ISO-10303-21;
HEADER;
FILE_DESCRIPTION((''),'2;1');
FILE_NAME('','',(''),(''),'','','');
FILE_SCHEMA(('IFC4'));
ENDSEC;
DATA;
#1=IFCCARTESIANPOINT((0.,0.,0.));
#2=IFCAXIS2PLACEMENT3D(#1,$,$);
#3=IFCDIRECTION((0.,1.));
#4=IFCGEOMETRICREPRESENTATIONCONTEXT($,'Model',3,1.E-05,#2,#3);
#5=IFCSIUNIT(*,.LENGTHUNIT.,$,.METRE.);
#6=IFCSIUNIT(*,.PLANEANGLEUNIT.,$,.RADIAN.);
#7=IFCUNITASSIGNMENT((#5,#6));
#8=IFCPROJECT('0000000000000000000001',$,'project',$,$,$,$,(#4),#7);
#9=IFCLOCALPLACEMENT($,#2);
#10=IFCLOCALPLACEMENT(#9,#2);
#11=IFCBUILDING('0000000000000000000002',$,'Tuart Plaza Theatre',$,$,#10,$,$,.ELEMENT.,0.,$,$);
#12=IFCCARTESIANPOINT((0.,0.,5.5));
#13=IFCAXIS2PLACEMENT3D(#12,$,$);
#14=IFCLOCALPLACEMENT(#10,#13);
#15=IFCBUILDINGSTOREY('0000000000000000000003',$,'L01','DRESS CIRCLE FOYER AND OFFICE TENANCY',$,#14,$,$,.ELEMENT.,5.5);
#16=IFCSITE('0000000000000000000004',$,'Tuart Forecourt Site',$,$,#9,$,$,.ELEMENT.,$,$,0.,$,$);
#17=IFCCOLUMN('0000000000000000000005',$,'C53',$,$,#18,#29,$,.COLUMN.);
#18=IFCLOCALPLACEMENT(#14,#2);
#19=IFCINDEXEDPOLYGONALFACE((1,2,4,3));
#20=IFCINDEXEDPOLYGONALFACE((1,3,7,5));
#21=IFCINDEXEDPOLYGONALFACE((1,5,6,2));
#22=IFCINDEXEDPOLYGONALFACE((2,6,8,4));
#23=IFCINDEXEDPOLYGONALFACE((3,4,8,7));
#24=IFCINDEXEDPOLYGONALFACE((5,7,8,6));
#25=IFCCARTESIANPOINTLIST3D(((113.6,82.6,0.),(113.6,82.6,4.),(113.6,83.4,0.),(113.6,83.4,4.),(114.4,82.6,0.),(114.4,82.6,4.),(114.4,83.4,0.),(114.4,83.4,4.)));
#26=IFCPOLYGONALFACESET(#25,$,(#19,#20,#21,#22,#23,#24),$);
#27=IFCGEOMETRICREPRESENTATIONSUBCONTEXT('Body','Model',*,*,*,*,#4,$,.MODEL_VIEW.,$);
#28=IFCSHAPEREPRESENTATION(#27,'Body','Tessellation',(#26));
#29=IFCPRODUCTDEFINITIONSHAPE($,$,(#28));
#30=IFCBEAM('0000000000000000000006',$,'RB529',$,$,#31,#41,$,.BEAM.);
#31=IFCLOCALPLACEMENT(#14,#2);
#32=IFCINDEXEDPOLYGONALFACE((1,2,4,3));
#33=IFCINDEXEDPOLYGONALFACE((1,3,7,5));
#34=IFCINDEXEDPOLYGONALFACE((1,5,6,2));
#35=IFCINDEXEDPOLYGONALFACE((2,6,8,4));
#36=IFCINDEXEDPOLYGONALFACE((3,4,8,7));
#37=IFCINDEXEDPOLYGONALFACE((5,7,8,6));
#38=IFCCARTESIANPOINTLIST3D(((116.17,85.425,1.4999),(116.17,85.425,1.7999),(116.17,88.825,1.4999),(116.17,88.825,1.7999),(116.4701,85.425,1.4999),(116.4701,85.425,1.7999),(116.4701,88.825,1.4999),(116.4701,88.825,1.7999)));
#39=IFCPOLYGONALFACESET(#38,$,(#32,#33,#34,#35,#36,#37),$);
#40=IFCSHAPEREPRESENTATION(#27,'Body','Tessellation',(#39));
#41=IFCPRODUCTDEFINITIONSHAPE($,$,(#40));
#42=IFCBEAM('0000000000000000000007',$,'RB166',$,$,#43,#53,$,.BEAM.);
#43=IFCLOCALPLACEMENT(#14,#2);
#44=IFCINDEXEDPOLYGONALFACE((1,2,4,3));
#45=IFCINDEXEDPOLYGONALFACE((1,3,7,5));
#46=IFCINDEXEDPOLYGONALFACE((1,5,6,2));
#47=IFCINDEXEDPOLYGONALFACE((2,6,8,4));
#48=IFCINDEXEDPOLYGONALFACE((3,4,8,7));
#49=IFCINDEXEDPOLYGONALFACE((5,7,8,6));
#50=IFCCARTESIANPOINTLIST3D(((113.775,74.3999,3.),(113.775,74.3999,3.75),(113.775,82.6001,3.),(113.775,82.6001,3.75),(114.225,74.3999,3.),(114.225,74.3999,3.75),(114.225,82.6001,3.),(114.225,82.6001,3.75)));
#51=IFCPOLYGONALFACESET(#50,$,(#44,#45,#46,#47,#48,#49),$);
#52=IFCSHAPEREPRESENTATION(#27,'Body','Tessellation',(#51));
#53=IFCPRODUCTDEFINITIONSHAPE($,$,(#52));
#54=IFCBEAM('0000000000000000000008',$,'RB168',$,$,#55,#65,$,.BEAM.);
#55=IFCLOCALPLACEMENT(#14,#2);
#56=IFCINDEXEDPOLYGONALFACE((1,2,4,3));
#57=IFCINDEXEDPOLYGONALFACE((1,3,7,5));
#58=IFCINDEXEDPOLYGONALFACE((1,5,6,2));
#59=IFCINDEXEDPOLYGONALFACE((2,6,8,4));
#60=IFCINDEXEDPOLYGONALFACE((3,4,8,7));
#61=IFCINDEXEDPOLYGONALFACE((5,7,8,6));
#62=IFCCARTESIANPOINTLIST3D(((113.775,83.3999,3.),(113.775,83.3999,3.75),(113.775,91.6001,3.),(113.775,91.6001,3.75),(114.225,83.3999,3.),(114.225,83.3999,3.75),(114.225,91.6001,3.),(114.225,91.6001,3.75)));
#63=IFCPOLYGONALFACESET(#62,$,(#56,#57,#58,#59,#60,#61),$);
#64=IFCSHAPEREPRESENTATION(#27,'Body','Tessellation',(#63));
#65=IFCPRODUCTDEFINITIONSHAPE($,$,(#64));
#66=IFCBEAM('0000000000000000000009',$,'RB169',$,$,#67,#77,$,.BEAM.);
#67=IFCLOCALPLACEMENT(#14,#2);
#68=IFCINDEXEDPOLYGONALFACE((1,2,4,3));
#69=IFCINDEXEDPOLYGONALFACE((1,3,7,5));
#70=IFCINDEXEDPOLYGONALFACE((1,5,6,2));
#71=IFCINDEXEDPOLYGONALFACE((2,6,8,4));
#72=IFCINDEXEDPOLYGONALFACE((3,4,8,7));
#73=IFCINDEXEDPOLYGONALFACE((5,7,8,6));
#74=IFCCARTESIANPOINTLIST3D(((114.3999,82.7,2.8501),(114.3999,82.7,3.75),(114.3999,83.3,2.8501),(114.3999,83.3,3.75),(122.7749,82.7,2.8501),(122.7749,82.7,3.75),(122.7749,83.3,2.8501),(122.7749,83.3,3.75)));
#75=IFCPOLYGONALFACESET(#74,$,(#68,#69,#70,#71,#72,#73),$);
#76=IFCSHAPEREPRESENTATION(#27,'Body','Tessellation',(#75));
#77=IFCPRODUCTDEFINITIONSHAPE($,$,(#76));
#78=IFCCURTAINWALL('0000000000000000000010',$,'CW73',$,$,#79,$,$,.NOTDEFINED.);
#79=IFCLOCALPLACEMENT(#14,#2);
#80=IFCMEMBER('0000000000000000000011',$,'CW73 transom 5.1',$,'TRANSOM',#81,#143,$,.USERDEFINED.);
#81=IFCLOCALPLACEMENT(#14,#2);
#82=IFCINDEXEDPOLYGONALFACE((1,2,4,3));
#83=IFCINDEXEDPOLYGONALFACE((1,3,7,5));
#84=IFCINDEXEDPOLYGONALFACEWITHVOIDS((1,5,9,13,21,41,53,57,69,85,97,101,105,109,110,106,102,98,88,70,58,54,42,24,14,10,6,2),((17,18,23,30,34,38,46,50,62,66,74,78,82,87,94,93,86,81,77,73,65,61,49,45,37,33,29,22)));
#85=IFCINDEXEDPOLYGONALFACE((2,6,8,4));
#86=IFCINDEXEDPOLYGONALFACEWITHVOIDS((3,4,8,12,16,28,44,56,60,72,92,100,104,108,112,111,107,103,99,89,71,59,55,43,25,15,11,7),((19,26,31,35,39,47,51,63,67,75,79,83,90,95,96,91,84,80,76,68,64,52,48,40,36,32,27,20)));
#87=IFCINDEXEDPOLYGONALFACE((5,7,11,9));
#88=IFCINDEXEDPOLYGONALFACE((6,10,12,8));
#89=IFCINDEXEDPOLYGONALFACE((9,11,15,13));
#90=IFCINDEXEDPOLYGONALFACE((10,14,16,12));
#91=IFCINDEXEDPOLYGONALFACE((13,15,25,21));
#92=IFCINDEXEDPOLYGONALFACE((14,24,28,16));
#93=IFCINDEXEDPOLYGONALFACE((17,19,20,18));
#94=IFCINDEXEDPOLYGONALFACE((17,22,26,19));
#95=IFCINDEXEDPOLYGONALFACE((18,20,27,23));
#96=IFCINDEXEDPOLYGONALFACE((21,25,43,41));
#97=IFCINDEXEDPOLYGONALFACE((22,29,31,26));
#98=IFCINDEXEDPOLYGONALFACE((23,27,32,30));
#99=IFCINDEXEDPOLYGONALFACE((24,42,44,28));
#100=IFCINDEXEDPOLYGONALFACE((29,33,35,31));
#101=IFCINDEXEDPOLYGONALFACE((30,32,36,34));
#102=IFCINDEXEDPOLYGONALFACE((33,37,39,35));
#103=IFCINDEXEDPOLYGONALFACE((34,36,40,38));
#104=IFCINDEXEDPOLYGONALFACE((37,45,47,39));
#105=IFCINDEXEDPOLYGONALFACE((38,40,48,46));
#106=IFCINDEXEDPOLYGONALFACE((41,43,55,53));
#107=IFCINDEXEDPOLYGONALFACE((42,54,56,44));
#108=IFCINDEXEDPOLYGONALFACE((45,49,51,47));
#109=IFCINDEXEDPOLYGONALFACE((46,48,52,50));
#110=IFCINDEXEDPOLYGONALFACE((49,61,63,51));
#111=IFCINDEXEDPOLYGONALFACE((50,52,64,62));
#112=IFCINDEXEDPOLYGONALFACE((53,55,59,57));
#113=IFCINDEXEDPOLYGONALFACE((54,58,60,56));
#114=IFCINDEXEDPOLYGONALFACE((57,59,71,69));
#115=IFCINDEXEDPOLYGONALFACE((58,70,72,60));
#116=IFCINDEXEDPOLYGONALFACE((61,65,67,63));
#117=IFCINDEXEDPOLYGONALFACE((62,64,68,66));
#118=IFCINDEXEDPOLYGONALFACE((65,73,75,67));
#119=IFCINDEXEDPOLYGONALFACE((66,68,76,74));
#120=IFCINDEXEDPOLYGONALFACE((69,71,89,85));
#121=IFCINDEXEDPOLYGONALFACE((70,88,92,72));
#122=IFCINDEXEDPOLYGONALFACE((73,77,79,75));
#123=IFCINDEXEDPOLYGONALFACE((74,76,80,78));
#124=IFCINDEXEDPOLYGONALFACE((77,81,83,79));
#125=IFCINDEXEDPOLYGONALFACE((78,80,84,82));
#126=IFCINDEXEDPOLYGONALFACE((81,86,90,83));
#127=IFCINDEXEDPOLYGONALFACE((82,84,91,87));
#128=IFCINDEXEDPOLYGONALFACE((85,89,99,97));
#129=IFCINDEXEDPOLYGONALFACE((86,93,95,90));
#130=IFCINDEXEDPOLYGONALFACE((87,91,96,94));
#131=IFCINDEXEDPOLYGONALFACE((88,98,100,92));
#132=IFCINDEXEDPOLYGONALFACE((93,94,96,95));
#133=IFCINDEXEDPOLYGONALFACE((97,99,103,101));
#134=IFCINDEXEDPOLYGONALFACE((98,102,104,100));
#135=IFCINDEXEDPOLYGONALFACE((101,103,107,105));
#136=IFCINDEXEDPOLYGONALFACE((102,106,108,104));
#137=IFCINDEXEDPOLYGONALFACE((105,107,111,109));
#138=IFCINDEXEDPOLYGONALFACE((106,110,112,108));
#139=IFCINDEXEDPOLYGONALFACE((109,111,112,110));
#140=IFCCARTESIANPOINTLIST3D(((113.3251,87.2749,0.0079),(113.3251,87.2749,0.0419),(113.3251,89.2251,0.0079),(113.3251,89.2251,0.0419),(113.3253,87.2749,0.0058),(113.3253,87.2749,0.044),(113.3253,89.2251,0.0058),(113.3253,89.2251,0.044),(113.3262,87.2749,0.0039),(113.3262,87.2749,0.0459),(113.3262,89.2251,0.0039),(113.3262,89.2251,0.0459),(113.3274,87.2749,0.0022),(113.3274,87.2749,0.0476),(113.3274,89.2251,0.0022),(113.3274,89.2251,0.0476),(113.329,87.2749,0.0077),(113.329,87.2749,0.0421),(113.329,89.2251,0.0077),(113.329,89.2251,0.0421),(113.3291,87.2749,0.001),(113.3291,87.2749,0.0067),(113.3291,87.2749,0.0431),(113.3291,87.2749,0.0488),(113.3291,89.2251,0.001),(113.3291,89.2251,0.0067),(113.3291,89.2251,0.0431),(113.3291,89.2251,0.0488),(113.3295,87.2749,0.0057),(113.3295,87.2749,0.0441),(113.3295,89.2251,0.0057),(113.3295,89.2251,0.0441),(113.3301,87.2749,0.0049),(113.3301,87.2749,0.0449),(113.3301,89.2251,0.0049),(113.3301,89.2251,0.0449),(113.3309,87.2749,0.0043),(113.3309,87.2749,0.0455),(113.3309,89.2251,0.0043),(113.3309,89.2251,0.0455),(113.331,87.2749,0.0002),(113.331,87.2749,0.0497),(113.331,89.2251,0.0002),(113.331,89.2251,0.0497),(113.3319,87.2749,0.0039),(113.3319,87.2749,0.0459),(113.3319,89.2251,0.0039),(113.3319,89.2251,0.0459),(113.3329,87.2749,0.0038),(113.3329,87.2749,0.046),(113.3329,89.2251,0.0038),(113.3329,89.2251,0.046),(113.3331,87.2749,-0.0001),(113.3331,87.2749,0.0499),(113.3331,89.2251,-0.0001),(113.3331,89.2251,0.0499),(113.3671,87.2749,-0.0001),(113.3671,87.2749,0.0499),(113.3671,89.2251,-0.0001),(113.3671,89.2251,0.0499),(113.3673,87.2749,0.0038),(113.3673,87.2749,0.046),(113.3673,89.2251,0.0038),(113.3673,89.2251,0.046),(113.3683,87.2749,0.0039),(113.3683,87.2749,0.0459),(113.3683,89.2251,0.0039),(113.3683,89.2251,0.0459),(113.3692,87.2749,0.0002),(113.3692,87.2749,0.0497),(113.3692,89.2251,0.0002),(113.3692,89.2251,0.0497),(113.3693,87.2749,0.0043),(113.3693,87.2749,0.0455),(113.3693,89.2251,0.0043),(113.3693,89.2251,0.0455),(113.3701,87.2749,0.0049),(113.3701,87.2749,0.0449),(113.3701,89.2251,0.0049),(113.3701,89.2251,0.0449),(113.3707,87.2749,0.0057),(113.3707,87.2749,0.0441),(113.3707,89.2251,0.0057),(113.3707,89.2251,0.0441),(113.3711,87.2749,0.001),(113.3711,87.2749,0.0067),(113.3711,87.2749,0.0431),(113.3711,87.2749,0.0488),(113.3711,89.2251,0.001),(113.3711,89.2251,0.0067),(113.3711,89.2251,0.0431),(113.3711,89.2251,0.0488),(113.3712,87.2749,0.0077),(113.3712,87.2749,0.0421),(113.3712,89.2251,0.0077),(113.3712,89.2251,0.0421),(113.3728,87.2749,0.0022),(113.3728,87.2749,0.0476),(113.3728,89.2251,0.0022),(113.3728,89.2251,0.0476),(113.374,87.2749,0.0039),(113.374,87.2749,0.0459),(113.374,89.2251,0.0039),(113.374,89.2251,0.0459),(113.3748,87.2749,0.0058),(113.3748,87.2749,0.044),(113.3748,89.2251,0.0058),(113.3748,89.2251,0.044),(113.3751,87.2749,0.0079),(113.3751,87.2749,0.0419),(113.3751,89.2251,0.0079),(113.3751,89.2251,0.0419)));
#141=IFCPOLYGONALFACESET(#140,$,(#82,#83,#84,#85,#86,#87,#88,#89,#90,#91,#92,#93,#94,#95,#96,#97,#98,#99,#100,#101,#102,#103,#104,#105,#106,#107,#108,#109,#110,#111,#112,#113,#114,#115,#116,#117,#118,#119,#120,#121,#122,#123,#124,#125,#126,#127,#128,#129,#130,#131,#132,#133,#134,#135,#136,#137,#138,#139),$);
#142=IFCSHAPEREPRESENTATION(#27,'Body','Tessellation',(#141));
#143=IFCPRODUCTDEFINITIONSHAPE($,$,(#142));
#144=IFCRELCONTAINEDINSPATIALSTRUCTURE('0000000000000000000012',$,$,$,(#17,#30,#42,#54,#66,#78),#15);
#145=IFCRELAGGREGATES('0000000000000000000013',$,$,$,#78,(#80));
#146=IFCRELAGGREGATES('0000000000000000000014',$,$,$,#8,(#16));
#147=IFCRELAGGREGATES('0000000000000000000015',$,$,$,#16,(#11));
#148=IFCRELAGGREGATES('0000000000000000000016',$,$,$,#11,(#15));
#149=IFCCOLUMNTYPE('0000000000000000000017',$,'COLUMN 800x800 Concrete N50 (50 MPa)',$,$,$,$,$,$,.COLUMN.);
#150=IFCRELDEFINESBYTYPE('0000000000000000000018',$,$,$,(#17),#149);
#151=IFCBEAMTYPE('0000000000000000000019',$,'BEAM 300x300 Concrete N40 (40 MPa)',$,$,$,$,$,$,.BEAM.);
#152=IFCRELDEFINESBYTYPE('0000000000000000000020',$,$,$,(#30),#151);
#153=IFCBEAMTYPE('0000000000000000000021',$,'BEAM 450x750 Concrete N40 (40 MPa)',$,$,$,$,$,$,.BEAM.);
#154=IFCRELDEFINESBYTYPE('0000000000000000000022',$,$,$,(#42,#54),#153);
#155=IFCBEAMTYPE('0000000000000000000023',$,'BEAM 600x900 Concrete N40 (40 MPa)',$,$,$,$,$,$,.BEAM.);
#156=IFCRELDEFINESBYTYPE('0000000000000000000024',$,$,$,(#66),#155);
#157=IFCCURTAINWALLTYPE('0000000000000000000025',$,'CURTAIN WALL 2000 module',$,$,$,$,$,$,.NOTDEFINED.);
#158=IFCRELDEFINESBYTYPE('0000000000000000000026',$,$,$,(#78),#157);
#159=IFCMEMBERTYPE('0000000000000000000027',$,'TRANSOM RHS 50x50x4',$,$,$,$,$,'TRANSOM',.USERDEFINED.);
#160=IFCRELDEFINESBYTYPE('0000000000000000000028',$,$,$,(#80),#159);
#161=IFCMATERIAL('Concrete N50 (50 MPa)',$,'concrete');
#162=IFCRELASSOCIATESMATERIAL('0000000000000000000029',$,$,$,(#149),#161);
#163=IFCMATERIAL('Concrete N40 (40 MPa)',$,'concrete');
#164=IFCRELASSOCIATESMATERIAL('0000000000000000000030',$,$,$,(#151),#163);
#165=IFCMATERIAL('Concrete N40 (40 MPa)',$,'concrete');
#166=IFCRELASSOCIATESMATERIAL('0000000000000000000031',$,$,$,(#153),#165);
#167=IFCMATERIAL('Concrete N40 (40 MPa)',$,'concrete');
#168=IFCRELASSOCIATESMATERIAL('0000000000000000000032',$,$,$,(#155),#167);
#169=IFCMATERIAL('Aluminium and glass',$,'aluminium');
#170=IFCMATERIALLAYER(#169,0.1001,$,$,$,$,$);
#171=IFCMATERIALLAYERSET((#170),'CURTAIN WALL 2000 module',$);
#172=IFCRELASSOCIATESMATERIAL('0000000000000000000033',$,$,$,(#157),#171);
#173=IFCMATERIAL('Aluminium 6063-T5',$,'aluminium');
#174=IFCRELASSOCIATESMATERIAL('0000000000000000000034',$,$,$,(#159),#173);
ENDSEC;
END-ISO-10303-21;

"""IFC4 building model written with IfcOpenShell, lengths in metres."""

from ifc_helpers import new_model, si_unit, direction, frame, origin, origin_2d, place, context, subcontext, project, spatial, rectangle, hollow_rectangle, extrude, material, layer, layer_set, material_profile, profile_set, type_object, element, aggregate, save


model = new_model("IFC4")

# Units and contexts
model_context = context("Model", 3, precision=1e-05, world=origin(), true_north=direction((0.0, 1.0)))
body_context = subcontext(model_context, "Body", "Model", "MODEL_VIEW")
ifc_project = project(units=[si_unit("LENGTHUNIT", "METRE"), si_unit("PLANEANGLEUNIT", "RADIAN")], contexts=[model_context])

# Site, building, storey
site_placement = place(None, origin())
site = spatial("IfcSite", under=ifc_project, at=site_placement, Name="Tuart Forecourt Site", CompositionType="ELEMENT", RefElevation=0.0)
building_placement = place(site_placement, origin())
building = spatial("IfcBuilding", under=site, at=building_placement, Name="Tuart Plaza Theatre", CompositionType="ELEMENT", ElevationOfRefHeight=0.0)
storey_placement = place(building_placement, frame((0.0, 0.0, 5.5)))
storey = spatial("IfcBuildingStorey", under=building, at=storey_placement, Name="L01", Description="DRESS CIRCLE FOYER AND OFFICE TENANCY", CompositionType="ELEMENT", Elevation=5.5)

# Column
ifc_material_1 = material(Name="Concrete N50 (50 MPa)", Category="concrete")
ifc_material_profile_1 = material_profile(ifc_material_1, rectangle(XDim=0.8, YDim=0.8, at=origin_2d()), Name="COLUMN 800x800 Concrete N50 (50 MPa)")
ifc_profile_set_1 = profile_set([ifc_material_profile_1], Name="Concrete N50 (50 MPa)")
column_type = type_object("IfcColumnType", Name="COLUMN 800x800 Concrete N50 (50 MPa)", PredefinedType="COLUMN", material=ifc_profile_set_1)
column_placement = place(storey_placement, frame((114.0, 83.0, 0.0), z_axis=(0.0, 0.0, 1.0), x_axis=(1.0, 0.0, 0.0)))
element("IfcColumn", 1, at=column_placement, inside=storey, type_object=column_type, Name="C53", PredefinedType="COLUMN", context=body_context, shape_type="SweptSolid", body=[
    extrude(rectangle(XDim=0.8, YDim=0.8, at=origin_2d()), origin(), (0.0, 0.0, 1.0), 4.0),
])

# Beams
ifc_material_2 = material(Name="Concrete N40 (40 MPa)", Category="concrete")
ifc_material_profile_2 = material_profile(ifc_material_2, rectangle(XDim=0.3, YDim=0.3, at=origin_2d()), Name="BEAM 300x300 Concrete N40 (40 MPa)")
ifc_profile_set_2 = profile_set([ifc_material_profile_2], Name="Concrete N40 (40 MPa)")
beam_type_1 = type_object("IfcBeamType", Name="BEAM 300x300 Concrete N40 (40 MPa)", PredefinedType="BEAM", material=ifc_profile_set_2)
beam_1_placement = place(storey_placement, frame((116.3201, 88.825, 1.6499), z_axis=(0.0, -1.0, 0.0), x_axis=(1.0, 0.0, 0.0)))
element("IfcBeam", 2, at=beam_1_placement, inside=storey, type_object=beam_type_1, Name="RB529", PredefinedType="BEAM", context=body_context, shape_type="SweptSolid", body=[
    extrude(rectangle(XDim=0.3, YDim=0.3, at=origin_2d()), origin(), (0.0, 0.0, 1.0), 3.3999),
])
ifc_material_3 = material(Name="Concrete N40 (40 MPa)", Category="concrete")
ifc_material_profile_3 = material_profile(ifc_material_3, rectangle(XDim=0.45, YDim=0.75, at=origin_2d()), Name="BEAM 450x750 Concrete N40 (40 MPa)")
ifc_profile_set_3 = profile_set([ifc_material_profile_3], Name="Concrete N40 (40 MPa)")
beam_type_2 = type_object("IfcBeamType", Name="BEAM 450x750 Concrete N40 (40 MPa)", PredefinedType="BEAM", material=ifc_profile_set_3)
for number, where, z_axis, x_axis, name in (
    (3, (114.0, 74.3999, 3.375), (0.0, 1.0, 0.0), (-1.0, 0.0, 0.0), "RB166"),
    (4, (114.0, 83.3999, 3.375), (0.0, 1.0, 0.0), (-1.0, 0.0, 0.0), "RB168"),
):
    element("IfcBeam", number, at=place(storey_placement, frame(where, z_axis=z_axis, x_axis=x_axis)), inside=storey, type_object=beam_type_2, Name=name, PredefinedType="BEAM", context=body_context, shape_type="SweptSolid", body=[
        extrude(rectangle(XDim=0.45, YDim=0.75, at=origin_2d()), origin(), (0.0, 0.0, 1.0), 8.2002),
    ])
ifc_material_4 = material(Name="Concrete N40 (40 MPa)", Category="concrete")
ifc_material_profile_4 = material_profile(ifc_material_4, rectangle(XDim=0.6001, YDim=0.8999, at=origin_2d()), Name="BEAM 600x900 Concrete N40 (40 MPa)")
ifc_profile_set_4 = profile_set([ifc_material_profile_4], Name="Concrete N40 (40 MPa)")
beam_type_3 = type_object("IfcBeamType", Name="BEAM 600x900 Concrete N40 (40 MPa)", PredefinedType="BEAM", material=ifc_profile_set_4)
beam_2_placement = place(storey_placement, frame((114.3999, 83.0, 3.3), z_axis=(1.0, 0.0, 0.0), x_axis=(0.0, 1.0, 0.0)))
element("IfcBeam", 5, at=beam_2_placement, inside=storey, type_object=beam_type_3, Name="RB169", PredefinedType="BEAM", context=body_context, shape_type="SweptSolid", body=[
    extrude(rectangle(XDim=0.6001, YDim=0.8999, at=origin_2d()), origin(), (0.0, 0.0, 1.0), 8.375),
])

# Curtain wall, member
ifc_material_5 = material(Name="Aluminium and glass", Category="aluminium")
ifc_layer_1 = layer(ifc_material_5, 0.1001)
ifc_layer_set_1 = layer_set([ifc_layer_1], Name="CURTAIN WALL 2000 module")
curtain_wall_type = type_object("IfcCurtainWallType", Name="CURTAIN WALL 2000 module", PredefinedType="NOTDEFINED", material=ifc_layer_set_1)
curtain_wall_placement = place(storey_placement, origin())
curtain_wall = element("IfcCurtainWall", 6, at=curtain_wall_placement, inside=storey, type_object=curtain_wall_type, Name="CW73", PredefinedType="NOTDEFINED")
ifc_material_6 = material(Name="Aluminium 6063-T5", Category="aluminium")
ifc_material_profile_5 = material_profile(ifc_material_6, hollow_rectangle(XDim=0.05, YDim=0.05, WallThickness=0.0039, InnerFilletRadius=0.0039, OuterFilletRadius=0.0081, at=origin_2d()), Name="RHS 50x50x4")
ifc_profile_set_5 = profile_set([ifc_material_profile_5], Name="Aluminium 6063-T5")
member_type = type_object("IfcMemberType", Name="TRANSOM RHS 50x50x4", ElementType="TRANSOM", PredefinedType="USERDEFINED", material=ifc_profile_set_5)
member_1_placement = place(storey_placement, frame((113.3501, 89.2251, 0.0249), z_axis=(0.0, -1.0, 0.0), x_axis=(1.0, 0.0, 0.0)))
member_1 = element("IfcMember", 7, at=member_1_placement, type_object=member_type, Name="CW73 transom 5.1", ObjectType="TRANSOM", PredefinedType="USERDEFINED", context=body_context, shape_type="SweptSolid", body=[
    extrude(hollow_rectangle(XDim=0.05, YDim=0.05, WallThickness=0.0039, InnerFilletRadius=0.0039, OuterFilletRadius=0.0081, at=origin_2d()), origin(), (0.0, 0.0, 1.0), 1.9502),
])
aggregate(curtain_wall, [member_1])

save(model, "model.ifc")
